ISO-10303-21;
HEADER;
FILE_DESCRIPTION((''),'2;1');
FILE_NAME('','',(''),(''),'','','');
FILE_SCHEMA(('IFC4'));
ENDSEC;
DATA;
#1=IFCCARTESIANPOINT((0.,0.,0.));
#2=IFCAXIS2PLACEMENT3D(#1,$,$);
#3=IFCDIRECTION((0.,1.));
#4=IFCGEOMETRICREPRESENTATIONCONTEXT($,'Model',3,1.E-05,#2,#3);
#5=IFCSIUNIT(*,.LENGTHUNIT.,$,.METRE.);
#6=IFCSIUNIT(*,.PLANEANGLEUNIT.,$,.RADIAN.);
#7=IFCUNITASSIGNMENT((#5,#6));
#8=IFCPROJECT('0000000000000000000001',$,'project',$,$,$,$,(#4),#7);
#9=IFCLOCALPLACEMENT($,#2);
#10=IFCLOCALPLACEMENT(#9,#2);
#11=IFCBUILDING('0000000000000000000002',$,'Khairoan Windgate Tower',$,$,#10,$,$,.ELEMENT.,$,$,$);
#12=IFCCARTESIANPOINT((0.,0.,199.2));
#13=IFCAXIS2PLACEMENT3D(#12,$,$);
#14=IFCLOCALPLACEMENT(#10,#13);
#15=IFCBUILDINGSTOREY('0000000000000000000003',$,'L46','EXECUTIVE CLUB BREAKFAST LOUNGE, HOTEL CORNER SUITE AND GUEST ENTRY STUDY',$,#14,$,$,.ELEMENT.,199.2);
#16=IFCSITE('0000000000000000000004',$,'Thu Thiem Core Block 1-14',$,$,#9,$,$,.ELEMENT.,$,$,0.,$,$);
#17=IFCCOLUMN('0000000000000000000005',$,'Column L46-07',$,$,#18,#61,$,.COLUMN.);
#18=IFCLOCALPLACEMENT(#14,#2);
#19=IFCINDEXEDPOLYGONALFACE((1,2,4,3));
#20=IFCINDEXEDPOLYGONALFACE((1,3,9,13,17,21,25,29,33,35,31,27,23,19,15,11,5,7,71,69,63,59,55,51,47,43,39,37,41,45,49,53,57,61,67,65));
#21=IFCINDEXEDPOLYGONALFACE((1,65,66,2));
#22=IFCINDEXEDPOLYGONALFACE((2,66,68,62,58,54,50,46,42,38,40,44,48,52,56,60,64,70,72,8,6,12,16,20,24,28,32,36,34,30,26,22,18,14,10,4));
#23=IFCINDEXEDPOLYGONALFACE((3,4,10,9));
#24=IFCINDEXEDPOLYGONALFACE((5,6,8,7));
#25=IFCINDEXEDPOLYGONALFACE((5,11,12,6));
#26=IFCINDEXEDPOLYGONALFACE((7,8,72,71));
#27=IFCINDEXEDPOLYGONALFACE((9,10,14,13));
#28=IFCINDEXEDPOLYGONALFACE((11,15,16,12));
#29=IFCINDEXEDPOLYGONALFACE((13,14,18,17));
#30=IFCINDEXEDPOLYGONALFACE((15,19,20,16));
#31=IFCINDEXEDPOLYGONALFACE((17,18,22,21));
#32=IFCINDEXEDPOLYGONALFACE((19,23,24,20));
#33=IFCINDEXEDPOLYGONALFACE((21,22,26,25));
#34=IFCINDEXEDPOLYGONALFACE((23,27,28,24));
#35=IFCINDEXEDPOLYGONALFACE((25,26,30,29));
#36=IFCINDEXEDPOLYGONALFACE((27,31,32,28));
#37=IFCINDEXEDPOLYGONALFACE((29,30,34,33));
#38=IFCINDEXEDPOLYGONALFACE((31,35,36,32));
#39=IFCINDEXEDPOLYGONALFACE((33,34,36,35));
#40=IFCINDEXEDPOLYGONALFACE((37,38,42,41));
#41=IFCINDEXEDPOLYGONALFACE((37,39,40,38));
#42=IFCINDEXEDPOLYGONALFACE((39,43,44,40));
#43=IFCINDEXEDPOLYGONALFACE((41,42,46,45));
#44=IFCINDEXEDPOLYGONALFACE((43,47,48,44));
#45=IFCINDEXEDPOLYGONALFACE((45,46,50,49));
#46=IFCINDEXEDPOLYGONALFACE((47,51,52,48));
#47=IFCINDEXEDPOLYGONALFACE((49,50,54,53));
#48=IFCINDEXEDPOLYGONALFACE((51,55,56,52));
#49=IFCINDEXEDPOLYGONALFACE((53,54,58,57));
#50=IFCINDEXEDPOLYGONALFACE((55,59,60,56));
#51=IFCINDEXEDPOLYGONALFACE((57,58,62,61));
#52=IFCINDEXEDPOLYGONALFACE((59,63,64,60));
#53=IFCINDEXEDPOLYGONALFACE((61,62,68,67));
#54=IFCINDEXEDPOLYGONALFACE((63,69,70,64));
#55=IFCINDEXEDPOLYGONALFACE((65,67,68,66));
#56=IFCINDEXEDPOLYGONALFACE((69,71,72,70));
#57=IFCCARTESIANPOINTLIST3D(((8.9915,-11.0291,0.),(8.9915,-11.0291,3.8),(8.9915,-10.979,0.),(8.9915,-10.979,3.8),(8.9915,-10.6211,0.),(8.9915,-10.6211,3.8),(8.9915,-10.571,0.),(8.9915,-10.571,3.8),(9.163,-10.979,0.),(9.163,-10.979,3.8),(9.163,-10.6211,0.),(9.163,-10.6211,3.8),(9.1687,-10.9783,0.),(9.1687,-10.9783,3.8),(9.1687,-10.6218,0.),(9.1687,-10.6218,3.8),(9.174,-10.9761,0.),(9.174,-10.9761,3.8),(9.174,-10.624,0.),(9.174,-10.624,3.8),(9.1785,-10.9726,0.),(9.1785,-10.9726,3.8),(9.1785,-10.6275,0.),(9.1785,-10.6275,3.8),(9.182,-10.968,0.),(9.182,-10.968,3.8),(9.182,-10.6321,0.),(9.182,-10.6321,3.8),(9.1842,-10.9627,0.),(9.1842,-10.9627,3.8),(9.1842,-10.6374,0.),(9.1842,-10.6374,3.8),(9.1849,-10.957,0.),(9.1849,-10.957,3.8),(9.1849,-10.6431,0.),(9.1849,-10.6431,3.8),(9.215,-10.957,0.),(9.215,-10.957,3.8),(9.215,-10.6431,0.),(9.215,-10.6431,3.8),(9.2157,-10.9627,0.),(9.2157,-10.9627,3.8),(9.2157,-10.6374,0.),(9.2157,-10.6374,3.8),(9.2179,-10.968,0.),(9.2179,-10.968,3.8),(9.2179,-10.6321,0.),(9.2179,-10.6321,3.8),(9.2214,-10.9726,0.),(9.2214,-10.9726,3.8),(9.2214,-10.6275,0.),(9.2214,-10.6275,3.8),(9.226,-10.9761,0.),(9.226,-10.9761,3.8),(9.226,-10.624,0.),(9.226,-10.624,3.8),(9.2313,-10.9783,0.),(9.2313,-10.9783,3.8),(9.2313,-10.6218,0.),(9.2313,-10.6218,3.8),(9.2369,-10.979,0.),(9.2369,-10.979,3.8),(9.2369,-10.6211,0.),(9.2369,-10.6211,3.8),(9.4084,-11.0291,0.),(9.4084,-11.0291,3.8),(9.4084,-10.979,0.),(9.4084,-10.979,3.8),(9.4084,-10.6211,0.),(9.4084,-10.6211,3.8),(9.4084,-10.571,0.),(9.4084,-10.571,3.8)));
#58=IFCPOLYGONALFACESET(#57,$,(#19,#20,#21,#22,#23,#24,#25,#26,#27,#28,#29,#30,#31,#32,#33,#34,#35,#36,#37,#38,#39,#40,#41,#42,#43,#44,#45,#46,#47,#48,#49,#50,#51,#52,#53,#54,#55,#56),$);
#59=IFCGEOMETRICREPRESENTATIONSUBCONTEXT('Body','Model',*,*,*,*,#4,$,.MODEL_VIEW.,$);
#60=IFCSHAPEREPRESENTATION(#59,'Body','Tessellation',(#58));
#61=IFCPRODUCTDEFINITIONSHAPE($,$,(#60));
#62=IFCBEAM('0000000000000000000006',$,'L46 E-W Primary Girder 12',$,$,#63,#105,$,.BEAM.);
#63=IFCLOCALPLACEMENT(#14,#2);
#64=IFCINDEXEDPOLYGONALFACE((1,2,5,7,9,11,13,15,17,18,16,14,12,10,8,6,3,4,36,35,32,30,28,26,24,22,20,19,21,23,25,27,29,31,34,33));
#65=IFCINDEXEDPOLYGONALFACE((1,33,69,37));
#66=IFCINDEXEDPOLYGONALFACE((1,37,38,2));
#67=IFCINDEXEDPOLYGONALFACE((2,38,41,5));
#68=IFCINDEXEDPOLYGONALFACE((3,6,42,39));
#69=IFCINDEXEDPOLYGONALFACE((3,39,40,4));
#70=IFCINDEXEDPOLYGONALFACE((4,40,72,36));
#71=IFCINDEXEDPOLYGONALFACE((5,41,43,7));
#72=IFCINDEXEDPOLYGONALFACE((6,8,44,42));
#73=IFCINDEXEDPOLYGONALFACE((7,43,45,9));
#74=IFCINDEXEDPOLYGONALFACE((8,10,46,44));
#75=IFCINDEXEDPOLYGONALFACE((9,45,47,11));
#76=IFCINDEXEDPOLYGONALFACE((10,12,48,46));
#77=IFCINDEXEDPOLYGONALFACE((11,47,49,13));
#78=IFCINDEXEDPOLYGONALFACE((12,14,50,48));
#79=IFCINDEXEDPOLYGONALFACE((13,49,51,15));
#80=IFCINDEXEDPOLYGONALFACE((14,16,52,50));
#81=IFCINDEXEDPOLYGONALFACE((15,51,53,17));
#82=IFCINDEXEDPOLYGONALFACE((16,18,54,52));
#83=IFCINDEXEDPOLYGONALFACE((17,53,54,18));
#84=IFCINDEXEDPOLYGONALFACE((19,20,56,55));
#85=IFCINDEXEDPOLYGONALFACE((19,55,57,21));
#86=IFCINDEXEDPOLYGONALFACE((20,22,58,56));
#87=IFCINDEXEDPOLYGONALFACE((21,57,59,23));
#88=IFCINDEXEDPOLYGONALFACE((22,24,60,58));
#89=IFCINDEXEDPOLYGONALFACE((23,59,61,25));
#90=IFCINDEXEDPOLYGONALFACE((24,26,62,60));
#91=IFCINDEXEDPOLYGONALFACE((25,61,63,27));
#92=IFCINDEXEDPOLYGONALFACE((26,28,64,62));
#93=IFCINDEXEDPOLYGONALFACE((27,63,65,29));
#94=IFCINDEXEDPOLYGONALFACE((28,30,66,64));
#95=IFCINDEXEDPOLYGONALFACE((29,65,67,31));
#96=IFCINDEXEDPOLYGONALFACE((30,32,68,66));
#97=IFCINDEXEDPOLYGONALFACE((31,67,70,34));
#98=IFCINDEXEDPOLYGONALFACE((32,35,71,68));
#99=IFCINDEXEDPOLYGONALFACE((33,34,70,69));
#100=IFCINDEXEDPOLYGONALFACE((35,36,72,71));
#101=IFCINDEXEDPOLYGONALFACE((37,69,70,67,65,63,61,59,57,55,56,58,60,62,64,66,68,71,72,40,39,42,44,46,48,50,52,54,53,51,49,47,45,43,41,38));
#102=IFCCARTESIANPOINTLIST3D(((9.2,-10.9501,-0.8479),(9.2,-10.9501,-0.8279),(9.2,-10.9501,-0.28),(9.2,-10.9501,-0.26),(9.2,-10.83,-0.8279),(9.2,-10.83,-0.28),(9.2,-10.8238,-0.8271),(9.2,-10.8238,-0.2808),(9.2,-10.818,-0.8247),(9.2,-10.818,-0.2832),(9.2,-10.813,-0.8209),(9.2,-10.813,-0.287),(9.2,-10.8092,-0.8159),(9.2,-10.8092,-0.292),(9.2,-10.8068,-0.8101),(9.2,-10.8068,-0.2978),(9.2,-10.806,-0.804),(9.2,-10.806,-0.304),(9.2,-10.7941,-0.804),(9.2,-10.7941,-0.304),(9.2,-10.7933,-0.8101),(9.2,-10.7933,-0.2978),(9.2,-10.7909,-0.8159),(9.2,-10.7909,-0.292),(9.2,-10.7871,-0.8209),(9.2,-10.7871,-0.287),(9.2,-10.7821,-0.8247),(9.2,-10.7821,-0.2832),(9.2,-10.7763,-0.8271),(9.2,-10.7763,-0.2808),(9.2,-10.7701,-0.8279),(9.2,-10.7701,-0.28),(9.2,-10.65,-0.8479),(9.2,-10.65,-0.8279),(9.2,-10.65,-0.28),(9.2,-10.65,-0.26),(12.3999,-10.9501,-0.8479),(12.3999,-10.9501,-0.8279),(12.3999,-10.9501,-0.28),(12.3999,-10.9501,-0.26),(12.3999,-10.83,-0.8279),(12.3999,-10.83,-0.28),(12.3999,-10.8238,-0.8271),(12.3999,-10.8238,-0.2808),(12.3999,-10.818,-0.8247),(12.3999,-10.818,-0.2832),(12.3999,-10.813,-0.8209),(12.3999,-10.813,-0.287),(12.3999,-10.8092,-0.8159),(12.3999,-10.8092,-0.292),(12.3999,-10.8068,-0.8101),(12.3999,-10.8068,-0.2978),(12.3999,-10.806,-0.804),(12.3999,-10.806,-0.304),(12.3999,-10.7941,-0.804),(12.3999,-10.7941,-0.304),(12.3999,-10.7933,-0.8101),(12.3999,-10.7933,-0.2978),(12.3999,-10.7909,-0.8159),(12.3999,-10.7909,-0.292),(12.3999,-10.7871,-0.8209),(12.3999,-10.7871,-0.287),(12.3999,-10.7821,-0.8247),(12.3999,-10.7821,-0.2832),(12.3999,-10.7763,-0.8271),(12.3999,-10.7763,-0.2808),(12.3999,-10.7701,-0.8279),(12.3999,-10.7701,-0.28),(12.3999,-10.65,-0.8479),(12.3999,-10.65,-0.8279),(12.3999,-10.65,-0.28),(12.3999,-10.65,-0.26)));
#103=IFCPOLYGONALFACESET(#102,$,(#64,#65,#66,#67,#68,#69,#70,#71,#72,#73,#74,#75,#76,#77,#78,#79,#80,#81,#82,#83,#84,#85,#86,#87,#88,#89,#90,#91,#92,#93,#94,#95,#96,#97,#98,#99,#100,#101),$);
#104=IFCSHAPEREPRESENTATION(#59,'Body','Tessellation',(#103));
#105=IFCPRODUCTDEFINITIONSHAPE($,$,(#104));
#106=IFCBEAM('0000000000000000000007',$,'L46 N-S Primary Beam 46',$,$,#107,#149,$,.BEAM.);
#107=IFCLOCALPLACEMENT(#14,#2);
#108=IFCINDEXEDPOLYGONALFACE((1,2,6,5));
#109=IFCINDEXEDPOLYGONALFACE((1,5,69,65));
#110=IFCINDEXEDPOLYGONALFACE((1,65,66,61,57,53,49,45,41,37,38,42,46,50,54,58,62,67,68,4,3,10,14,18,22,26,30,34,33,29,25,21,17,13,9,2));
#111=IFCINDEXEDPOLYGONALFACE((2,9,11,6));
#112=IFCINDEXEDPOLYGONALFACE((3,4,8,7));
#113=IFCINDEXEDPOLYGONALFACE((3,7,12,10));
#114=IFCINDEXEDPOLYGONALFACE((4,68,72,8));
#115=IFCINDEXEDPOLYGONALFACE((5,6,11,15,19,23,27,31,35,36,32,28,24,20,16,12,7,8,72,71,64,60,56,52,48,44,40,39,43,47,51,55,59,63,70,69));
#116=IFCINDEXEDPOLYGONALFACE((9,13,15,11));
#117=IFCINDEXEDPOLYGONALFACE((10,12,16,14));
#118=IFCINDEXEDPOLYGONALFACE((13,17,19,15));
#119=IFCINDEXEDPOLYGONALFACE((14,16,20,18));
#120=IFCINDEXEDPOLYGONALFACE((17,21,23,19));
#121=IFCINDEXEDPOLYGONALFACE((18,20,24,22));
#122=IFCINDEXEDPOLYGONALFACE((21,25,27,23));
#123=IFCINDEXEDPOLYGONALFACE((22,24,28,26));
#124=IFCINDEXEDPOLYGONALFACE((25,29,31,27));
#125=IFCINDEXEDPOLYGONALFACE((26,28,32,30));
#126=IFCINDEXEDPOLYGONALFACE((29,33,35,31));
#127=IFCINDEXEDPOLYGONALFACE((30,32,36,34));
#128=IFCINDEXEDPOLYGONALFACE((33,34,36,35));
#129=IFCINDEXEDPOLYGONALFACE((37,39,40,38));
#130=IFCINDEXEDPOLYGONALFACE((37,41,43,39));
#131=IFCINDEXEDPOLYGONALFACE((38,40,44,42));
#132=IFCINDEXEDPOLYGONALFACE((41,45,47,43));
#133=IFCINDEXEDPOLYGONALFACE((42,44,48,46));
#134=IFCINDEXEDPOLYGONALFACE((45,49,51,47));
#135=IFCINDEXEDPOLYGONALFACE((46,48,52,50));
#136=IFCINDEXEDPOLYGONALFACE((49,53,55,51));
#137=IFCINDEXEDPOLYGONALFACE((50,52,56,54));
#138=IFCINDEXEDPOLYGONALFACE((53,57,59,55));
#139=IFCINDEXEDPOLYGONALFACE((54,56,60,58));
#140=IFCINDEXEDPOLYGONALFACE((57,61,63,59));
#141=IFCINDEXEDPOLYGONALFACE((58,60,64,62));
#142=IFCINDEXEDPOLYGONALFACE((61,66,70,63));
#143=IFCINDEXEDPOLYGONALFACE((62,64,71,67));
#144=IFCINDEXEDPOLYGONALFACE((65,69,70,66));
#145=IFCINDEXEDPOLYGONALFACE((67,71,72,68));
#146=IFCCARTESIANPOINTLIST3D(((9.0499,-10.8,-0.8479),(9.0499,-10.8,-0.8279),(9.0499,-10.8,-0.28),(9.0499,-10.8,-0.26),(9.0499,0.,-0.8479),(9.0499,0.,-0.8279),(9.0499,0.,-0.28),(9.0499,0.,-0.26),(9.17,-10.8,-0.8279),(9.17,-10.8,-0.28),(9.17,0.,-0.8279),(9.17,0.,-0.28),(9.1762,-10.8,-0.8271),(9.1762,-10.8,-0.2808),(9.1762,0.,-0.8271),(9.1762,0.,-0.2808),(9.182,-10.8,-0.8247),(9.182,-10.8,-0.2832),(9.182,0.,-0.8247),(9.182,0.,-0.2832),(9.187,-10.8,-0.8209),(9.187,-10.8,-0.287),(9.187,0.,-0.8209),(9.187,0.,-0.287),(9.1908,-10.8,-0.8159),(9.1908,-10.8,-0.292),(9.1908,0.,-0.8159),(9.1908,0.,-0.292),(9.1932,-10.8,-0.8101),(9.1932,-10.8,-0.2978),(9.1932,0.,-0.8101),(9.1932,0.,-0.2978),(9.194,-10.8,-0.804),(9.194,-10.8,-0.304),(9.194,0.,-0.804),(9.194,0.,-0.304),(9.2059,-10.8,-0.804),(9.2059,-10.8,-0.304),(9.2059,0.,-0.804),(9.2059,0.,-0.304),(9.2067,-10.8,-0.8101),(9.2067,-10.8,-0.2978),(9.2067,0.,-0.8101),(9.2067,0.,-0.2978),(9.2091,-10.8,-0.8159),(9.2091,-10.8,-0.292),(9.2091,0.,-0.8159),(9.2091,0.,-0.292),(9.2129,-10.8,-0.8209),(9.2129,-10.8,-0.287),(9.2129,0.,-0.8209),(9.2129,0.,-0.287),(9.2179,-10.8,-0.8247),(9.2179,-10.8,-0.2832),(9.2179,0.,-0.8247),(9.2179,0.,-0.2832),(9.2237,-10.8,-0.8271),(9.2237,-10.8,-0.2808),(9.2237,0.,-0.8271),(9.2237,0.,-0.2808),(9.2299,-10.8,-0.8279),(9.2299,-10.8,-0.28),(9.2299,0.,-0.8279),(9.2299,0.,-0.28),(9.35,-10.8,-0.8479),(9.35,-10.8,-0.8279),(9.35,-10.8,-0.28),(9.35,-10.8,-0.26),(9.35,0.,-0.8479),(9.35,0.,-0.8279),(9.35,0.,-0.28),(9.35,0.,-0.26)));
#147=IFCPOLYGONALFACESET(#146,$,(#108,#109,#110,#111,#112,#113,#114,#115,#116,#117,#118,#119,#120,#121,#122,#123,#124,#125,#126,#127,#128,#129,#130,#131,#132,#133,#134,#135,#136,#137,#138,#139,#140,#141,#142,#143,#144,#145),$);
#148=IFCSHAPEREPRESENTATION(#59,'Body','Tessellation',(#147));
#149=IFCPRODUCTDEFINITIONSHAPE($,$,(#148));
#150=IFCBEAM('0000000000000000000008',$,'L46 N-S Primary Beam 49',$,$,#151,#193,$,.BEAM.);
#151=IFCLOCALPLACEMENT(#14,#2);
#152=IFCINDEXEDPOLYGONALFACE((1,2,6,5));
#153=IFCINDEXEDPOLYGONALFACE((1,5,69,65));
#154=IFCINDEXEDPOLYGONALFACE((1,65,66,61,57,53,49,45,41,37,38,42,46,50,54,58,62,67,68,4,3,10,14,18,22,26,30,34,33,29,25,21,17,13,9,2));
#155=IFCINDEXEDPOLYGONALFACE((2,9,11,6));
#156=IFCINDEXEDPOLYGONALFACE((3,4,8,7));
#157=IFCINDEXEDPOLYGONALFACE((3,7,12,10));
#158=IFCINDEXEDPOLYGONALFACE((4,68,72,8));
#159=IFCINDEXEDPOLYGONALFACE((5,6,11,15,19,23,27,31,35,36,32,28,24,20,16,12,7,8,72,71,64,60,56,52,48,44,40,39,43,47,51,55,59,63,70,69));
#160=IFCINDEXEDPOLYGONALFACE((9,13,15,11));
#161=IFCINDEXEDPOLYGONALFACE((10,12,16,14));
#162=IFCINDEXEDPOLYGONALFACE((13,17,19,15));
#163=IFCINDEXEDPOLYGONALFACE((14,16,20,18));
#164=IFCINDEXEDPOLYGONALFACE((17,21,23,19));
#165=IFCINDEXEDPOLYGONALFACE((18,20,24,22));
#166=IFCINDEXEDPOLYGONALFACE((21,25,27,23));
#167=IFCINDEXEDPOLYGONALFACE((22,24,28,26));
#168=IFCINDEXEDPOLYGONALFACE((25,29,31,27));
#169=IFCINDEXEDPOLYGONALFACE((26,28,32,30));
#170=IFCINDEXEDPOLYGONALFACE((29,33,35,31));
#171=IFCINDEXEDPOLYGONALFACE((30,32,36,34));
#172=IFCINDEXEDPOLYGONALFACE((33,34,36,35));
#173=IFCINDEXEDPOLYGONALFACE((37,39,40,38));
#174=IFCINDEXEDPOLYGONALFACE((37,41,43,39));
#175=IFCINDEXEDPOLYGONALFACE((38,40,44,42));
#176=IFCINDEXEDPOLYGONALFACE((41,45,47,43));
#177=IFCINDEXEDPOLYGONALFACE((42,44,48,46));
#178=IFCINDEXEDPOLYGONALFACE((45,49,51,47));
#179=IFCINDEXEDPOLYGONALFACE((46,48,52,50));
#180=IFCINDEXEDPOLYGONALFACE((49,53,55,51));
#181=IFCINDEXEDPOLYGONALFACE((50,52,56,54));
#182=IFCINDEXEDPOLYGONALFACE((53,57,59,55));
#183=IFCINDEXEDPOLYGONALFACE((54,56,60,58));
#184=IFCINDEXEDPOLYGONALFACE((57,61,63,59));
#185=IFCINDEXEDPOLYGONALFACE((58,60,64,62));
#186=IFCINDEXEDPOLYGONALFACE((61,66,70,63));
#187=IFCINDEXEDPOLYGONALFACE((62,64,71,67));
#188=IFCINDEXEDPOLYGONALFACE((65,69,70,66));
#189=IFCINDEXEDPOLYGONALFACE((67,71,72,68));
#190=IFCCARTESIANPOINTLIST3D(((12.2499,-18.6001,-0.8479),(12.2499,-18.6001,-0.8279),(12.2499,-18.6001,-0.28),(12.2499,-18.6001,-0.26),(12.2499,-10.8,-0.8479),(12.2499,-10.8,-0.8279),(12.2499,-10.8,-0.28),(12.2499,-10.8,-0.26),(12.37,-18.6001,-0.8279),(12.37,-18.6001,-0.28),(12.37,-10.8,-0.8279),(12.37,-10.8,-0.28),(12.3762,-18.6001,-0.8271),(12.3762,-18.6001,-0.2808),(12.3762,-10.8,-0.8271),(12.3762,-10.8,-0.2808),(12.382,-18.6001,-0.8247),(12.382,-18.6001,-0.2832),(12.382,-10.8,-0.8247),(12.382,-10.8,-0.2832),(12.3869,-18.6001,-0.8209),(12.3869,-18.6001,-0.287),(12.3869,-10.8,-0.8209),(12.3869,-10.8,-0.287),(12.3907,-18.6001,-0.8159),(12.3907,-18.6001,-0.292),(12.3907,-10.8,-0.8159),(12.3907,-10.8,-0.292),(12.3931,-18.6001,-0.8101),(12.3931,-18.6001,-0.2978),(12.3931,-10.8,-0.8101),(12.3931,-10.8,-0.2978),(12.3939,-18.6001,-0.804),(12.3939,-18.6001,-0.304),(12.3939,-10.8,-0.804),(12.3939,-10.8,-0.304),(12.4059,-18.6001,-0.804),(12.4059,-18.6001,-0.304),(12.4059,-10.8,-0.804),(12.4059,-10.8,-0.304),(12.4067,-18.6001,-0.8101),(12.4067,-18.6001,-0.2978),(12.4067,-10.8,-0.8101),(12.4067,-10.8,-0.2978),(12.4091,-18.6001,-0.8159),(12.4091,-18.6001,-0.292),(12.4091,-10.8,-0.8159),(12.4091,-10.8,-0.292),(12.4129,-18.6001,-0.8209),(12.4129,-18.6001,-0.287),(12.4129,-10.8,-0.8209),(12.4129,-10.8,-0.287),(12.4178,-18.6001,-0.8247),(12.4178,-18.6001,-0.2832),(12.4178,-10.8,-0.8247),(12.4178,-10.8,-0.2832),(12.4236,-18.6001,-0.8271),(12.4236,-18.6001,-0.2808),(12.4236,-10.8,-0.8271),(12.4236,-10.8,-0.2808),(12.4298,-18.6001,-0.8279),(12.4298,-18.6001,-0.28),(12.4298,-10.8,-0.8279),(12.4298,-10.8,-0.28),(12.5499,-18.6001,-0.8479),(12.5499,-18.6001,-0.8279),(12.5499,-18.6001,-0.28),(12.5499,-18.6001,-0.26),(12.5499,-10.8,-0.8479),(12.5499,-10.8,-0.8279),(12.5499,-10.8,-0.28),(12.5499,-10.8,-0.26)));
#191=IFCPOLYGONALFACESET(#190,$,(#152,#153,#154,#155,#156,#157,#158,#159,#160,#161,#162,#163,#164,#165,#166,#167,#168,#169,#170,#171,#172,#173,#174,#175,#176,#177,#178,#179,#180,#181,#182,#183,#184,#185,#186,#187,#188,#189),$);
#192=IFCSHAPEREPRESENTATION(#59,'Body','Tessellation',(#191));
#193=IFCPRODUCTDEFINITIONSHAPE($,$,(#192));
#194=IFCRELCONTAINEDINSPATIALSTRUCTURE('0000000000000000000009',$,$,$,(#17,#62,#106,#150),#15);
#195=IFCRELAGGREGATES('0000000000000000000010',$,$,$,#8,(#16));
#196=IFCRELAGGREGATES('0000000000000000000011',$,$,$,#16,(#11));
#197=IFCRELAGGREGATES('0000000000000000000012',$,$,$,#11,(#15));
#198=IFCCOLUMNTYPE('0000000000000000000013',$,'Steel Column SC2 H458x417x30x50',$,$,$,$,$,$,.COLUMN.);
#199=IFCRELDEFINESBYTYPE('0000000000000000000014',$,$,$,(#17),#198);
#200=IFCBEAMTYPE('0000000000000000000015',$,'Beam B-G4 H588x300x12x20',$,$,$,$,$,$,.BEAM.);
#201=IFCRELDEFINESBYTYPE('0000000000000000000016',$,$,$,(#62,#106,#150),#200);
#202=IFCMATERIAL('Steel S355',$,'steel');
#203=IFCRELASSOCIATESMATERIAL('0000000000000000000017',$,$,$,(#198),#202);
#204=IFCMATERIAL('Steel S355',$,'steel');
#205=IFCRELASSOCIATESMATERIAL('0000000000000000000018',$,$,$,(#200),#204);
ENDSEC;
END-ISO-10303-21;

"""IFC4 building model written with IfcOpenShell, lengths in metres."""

from ifc_helpers import new_model, si_unit, direction, frame, origin, origin_2d, place, context, subcontext, project, spatial, i_section, extrude, material, material_profile, profile_set, type_object, element, save


model = new_model("IFC4")

# Units and contexts
model_context = context("Model", 3, precision=1e-05, world=origin(), true_north=direction((0.0, 1.0)))
body_context = subcontext(model_context, "Body", "Model", "MODEL_VIEW")
ifc_project = project(units=[si_unit("LENGTHUNIT", "METRE"), si_unit("PLANEANGLEUNIT", "RADIAN")], contexts=[model_context])

# Site, building, storey
site_placement = place(None, origin())
site = spatial("IfcSite", under=ifc_project, at=site_placement, Name="Thu Thiem Core Block 1-14", CompositionType="ELEMENT", RefElevation=0.0)
building_placement = place(site_placement, origin())
building = spatial("IfcBuilding", under=site, at=building_placement, Name="Khairoan Windgate Tower", CompositionType="ELEMENT")
storey_placement = place(building_placement, frame((0.0, 0.0, 199.2)))
storey = spatial("IfcBuildingStorey", under=building, at=storey_placement, Name="L46", Description="EXECUTIVE CLUB BREAKFAST LOUNGE, HOTEL CORNER SUITE AND GUEST ENTRY STUDY", CompositionType="ELEMENT", Elevation=199.2)

# Column
ifc_material_1 = material(Name="Steel S355", Category="steel")
ifc_material_profile_1 = material_profile(ifc_material_1, i_section(OverallWidth=0.417, OverallDepth=0.458, WebThickness=0.03, FlangeThickness=0.05, FilletRadius=0.022, at=origin_2d()))
ifc_profile_set_1 = profile_set([ifc_material_profile_1], Name="Steel S355")
column_type = type_object("IfcColumnType", Name="Steel Column SC2 H458x417x30x50", PredefinedType="COLUMN", material=ifc_profile_set_1)
column_placement = place(storey_placement, frame((9.2, -10.8, 0.0), z_axis=(0.0, 0.0, 1.0), x_axis=(1.0, 0.0, 0.0)))
element("IfcColumn", 1, at=column_placement, inside=storey, type_object=column_type, Name="Column L46-07", PredefinedType="COLUMN", context=body_context, shape_type="SweptSolid", body=[
    extrude(i_section(OverallWidth=0.417, OverallDepth=0.458, WebThickness=0.03, FlangeThickness=0.05, FilletRadius=0.022, at=origin_2d()), origin(), (0.0, 0.0, 1.0), 3.8),
])

# Beams
ifc_material_2 = material(Name="Steel S355", Category="steel")
ifc_material_profile_2 = material_profile(ifc_material_2, i_section(OverallWidth=0.3, OverallDepth=0.5879, WebThickness=0.012, FlangeThickness=0.02, FilletRadius=0.0239, at=origin_2d()))
ifc_profile_set_2 = profile_set([ifc_material_profile_2], Name="Steel S355")
beam_type_1 = type_object("IfcBeamType", Name="Beam B-G4 H588x300x12x20", PredefinedType="BEAM", material=ifc_profile_set_2)
beam_1_placement = place(storey_placement, frame((9.2, -10.8, -0.554), z_axis=(1.0, 0.0, 0.0), x_axis=(0.0, 1.0, 0.0)))
element("IfcBeam", 2, at=beam_1_placement, inside=storey, type_object=beam_type_1, Name="L46 E-W Primary Girder 12", PredefinedType="BEAM", context=body_context, shape_type="SweptSolid", body=[
    extrude(i_section(OverallWidth=0.3, OverallDepth=0.5879, WebThickness=0.012, FlangeThickness=0.02, FilletRadius=0.0239, at=origin_2d()), origin(), (0.0, 0.0, 1.0), 3.2),
])
beam_2_placement = place(storey_placement, frame((9.2, -10.8, -0.554), z_axis=(0.0, 1.0, 0.0), x_axis=(-1.0, 0.0, 0.0)))
element("IfcBeam", 3, at=beam_2_placement, inside=storey, type_object=beam_type_1, Name="L46 N-S Primary Beam 46", PredefinedType="BEAM", context=body_context, shape_type="SweptSolid", body=[
    extrude(i_section(OverallWidth=0.3, OverallDepth=0.5879, WebThickness=0.012, FlangeThickness=0.02, FilletRadius=0.0239, at=origin_2d()), origin(), (0.0, 0.0, 1.0), 10.8),
])
beam_3_placement = place(storey_placement, frame((12.3999, -18.6001, -0.554), z_axis=(0.0, 1.0, 0.0), x_axis=(-1.0, 0.0, 0.0)))
element("IfcBeam", 4, at=beam_3_placement, inside=storey, type_object=beam_type_1, Name="L46 N-S Primary Beam 49", PredefinedType="BEAM", context=body_context, shape_type="SweptSolid", body=[
    extrude(i_section(OverallWidth=0.3, OverallDepth=0.5879, WebThickness=0.012, FlangeThickness=0.02, FilletRadius=0.0239, at=origin_2d()), origin(), (0.0, 0.0, 1.0), 7.8),
])

save(model, "model.ifc")
